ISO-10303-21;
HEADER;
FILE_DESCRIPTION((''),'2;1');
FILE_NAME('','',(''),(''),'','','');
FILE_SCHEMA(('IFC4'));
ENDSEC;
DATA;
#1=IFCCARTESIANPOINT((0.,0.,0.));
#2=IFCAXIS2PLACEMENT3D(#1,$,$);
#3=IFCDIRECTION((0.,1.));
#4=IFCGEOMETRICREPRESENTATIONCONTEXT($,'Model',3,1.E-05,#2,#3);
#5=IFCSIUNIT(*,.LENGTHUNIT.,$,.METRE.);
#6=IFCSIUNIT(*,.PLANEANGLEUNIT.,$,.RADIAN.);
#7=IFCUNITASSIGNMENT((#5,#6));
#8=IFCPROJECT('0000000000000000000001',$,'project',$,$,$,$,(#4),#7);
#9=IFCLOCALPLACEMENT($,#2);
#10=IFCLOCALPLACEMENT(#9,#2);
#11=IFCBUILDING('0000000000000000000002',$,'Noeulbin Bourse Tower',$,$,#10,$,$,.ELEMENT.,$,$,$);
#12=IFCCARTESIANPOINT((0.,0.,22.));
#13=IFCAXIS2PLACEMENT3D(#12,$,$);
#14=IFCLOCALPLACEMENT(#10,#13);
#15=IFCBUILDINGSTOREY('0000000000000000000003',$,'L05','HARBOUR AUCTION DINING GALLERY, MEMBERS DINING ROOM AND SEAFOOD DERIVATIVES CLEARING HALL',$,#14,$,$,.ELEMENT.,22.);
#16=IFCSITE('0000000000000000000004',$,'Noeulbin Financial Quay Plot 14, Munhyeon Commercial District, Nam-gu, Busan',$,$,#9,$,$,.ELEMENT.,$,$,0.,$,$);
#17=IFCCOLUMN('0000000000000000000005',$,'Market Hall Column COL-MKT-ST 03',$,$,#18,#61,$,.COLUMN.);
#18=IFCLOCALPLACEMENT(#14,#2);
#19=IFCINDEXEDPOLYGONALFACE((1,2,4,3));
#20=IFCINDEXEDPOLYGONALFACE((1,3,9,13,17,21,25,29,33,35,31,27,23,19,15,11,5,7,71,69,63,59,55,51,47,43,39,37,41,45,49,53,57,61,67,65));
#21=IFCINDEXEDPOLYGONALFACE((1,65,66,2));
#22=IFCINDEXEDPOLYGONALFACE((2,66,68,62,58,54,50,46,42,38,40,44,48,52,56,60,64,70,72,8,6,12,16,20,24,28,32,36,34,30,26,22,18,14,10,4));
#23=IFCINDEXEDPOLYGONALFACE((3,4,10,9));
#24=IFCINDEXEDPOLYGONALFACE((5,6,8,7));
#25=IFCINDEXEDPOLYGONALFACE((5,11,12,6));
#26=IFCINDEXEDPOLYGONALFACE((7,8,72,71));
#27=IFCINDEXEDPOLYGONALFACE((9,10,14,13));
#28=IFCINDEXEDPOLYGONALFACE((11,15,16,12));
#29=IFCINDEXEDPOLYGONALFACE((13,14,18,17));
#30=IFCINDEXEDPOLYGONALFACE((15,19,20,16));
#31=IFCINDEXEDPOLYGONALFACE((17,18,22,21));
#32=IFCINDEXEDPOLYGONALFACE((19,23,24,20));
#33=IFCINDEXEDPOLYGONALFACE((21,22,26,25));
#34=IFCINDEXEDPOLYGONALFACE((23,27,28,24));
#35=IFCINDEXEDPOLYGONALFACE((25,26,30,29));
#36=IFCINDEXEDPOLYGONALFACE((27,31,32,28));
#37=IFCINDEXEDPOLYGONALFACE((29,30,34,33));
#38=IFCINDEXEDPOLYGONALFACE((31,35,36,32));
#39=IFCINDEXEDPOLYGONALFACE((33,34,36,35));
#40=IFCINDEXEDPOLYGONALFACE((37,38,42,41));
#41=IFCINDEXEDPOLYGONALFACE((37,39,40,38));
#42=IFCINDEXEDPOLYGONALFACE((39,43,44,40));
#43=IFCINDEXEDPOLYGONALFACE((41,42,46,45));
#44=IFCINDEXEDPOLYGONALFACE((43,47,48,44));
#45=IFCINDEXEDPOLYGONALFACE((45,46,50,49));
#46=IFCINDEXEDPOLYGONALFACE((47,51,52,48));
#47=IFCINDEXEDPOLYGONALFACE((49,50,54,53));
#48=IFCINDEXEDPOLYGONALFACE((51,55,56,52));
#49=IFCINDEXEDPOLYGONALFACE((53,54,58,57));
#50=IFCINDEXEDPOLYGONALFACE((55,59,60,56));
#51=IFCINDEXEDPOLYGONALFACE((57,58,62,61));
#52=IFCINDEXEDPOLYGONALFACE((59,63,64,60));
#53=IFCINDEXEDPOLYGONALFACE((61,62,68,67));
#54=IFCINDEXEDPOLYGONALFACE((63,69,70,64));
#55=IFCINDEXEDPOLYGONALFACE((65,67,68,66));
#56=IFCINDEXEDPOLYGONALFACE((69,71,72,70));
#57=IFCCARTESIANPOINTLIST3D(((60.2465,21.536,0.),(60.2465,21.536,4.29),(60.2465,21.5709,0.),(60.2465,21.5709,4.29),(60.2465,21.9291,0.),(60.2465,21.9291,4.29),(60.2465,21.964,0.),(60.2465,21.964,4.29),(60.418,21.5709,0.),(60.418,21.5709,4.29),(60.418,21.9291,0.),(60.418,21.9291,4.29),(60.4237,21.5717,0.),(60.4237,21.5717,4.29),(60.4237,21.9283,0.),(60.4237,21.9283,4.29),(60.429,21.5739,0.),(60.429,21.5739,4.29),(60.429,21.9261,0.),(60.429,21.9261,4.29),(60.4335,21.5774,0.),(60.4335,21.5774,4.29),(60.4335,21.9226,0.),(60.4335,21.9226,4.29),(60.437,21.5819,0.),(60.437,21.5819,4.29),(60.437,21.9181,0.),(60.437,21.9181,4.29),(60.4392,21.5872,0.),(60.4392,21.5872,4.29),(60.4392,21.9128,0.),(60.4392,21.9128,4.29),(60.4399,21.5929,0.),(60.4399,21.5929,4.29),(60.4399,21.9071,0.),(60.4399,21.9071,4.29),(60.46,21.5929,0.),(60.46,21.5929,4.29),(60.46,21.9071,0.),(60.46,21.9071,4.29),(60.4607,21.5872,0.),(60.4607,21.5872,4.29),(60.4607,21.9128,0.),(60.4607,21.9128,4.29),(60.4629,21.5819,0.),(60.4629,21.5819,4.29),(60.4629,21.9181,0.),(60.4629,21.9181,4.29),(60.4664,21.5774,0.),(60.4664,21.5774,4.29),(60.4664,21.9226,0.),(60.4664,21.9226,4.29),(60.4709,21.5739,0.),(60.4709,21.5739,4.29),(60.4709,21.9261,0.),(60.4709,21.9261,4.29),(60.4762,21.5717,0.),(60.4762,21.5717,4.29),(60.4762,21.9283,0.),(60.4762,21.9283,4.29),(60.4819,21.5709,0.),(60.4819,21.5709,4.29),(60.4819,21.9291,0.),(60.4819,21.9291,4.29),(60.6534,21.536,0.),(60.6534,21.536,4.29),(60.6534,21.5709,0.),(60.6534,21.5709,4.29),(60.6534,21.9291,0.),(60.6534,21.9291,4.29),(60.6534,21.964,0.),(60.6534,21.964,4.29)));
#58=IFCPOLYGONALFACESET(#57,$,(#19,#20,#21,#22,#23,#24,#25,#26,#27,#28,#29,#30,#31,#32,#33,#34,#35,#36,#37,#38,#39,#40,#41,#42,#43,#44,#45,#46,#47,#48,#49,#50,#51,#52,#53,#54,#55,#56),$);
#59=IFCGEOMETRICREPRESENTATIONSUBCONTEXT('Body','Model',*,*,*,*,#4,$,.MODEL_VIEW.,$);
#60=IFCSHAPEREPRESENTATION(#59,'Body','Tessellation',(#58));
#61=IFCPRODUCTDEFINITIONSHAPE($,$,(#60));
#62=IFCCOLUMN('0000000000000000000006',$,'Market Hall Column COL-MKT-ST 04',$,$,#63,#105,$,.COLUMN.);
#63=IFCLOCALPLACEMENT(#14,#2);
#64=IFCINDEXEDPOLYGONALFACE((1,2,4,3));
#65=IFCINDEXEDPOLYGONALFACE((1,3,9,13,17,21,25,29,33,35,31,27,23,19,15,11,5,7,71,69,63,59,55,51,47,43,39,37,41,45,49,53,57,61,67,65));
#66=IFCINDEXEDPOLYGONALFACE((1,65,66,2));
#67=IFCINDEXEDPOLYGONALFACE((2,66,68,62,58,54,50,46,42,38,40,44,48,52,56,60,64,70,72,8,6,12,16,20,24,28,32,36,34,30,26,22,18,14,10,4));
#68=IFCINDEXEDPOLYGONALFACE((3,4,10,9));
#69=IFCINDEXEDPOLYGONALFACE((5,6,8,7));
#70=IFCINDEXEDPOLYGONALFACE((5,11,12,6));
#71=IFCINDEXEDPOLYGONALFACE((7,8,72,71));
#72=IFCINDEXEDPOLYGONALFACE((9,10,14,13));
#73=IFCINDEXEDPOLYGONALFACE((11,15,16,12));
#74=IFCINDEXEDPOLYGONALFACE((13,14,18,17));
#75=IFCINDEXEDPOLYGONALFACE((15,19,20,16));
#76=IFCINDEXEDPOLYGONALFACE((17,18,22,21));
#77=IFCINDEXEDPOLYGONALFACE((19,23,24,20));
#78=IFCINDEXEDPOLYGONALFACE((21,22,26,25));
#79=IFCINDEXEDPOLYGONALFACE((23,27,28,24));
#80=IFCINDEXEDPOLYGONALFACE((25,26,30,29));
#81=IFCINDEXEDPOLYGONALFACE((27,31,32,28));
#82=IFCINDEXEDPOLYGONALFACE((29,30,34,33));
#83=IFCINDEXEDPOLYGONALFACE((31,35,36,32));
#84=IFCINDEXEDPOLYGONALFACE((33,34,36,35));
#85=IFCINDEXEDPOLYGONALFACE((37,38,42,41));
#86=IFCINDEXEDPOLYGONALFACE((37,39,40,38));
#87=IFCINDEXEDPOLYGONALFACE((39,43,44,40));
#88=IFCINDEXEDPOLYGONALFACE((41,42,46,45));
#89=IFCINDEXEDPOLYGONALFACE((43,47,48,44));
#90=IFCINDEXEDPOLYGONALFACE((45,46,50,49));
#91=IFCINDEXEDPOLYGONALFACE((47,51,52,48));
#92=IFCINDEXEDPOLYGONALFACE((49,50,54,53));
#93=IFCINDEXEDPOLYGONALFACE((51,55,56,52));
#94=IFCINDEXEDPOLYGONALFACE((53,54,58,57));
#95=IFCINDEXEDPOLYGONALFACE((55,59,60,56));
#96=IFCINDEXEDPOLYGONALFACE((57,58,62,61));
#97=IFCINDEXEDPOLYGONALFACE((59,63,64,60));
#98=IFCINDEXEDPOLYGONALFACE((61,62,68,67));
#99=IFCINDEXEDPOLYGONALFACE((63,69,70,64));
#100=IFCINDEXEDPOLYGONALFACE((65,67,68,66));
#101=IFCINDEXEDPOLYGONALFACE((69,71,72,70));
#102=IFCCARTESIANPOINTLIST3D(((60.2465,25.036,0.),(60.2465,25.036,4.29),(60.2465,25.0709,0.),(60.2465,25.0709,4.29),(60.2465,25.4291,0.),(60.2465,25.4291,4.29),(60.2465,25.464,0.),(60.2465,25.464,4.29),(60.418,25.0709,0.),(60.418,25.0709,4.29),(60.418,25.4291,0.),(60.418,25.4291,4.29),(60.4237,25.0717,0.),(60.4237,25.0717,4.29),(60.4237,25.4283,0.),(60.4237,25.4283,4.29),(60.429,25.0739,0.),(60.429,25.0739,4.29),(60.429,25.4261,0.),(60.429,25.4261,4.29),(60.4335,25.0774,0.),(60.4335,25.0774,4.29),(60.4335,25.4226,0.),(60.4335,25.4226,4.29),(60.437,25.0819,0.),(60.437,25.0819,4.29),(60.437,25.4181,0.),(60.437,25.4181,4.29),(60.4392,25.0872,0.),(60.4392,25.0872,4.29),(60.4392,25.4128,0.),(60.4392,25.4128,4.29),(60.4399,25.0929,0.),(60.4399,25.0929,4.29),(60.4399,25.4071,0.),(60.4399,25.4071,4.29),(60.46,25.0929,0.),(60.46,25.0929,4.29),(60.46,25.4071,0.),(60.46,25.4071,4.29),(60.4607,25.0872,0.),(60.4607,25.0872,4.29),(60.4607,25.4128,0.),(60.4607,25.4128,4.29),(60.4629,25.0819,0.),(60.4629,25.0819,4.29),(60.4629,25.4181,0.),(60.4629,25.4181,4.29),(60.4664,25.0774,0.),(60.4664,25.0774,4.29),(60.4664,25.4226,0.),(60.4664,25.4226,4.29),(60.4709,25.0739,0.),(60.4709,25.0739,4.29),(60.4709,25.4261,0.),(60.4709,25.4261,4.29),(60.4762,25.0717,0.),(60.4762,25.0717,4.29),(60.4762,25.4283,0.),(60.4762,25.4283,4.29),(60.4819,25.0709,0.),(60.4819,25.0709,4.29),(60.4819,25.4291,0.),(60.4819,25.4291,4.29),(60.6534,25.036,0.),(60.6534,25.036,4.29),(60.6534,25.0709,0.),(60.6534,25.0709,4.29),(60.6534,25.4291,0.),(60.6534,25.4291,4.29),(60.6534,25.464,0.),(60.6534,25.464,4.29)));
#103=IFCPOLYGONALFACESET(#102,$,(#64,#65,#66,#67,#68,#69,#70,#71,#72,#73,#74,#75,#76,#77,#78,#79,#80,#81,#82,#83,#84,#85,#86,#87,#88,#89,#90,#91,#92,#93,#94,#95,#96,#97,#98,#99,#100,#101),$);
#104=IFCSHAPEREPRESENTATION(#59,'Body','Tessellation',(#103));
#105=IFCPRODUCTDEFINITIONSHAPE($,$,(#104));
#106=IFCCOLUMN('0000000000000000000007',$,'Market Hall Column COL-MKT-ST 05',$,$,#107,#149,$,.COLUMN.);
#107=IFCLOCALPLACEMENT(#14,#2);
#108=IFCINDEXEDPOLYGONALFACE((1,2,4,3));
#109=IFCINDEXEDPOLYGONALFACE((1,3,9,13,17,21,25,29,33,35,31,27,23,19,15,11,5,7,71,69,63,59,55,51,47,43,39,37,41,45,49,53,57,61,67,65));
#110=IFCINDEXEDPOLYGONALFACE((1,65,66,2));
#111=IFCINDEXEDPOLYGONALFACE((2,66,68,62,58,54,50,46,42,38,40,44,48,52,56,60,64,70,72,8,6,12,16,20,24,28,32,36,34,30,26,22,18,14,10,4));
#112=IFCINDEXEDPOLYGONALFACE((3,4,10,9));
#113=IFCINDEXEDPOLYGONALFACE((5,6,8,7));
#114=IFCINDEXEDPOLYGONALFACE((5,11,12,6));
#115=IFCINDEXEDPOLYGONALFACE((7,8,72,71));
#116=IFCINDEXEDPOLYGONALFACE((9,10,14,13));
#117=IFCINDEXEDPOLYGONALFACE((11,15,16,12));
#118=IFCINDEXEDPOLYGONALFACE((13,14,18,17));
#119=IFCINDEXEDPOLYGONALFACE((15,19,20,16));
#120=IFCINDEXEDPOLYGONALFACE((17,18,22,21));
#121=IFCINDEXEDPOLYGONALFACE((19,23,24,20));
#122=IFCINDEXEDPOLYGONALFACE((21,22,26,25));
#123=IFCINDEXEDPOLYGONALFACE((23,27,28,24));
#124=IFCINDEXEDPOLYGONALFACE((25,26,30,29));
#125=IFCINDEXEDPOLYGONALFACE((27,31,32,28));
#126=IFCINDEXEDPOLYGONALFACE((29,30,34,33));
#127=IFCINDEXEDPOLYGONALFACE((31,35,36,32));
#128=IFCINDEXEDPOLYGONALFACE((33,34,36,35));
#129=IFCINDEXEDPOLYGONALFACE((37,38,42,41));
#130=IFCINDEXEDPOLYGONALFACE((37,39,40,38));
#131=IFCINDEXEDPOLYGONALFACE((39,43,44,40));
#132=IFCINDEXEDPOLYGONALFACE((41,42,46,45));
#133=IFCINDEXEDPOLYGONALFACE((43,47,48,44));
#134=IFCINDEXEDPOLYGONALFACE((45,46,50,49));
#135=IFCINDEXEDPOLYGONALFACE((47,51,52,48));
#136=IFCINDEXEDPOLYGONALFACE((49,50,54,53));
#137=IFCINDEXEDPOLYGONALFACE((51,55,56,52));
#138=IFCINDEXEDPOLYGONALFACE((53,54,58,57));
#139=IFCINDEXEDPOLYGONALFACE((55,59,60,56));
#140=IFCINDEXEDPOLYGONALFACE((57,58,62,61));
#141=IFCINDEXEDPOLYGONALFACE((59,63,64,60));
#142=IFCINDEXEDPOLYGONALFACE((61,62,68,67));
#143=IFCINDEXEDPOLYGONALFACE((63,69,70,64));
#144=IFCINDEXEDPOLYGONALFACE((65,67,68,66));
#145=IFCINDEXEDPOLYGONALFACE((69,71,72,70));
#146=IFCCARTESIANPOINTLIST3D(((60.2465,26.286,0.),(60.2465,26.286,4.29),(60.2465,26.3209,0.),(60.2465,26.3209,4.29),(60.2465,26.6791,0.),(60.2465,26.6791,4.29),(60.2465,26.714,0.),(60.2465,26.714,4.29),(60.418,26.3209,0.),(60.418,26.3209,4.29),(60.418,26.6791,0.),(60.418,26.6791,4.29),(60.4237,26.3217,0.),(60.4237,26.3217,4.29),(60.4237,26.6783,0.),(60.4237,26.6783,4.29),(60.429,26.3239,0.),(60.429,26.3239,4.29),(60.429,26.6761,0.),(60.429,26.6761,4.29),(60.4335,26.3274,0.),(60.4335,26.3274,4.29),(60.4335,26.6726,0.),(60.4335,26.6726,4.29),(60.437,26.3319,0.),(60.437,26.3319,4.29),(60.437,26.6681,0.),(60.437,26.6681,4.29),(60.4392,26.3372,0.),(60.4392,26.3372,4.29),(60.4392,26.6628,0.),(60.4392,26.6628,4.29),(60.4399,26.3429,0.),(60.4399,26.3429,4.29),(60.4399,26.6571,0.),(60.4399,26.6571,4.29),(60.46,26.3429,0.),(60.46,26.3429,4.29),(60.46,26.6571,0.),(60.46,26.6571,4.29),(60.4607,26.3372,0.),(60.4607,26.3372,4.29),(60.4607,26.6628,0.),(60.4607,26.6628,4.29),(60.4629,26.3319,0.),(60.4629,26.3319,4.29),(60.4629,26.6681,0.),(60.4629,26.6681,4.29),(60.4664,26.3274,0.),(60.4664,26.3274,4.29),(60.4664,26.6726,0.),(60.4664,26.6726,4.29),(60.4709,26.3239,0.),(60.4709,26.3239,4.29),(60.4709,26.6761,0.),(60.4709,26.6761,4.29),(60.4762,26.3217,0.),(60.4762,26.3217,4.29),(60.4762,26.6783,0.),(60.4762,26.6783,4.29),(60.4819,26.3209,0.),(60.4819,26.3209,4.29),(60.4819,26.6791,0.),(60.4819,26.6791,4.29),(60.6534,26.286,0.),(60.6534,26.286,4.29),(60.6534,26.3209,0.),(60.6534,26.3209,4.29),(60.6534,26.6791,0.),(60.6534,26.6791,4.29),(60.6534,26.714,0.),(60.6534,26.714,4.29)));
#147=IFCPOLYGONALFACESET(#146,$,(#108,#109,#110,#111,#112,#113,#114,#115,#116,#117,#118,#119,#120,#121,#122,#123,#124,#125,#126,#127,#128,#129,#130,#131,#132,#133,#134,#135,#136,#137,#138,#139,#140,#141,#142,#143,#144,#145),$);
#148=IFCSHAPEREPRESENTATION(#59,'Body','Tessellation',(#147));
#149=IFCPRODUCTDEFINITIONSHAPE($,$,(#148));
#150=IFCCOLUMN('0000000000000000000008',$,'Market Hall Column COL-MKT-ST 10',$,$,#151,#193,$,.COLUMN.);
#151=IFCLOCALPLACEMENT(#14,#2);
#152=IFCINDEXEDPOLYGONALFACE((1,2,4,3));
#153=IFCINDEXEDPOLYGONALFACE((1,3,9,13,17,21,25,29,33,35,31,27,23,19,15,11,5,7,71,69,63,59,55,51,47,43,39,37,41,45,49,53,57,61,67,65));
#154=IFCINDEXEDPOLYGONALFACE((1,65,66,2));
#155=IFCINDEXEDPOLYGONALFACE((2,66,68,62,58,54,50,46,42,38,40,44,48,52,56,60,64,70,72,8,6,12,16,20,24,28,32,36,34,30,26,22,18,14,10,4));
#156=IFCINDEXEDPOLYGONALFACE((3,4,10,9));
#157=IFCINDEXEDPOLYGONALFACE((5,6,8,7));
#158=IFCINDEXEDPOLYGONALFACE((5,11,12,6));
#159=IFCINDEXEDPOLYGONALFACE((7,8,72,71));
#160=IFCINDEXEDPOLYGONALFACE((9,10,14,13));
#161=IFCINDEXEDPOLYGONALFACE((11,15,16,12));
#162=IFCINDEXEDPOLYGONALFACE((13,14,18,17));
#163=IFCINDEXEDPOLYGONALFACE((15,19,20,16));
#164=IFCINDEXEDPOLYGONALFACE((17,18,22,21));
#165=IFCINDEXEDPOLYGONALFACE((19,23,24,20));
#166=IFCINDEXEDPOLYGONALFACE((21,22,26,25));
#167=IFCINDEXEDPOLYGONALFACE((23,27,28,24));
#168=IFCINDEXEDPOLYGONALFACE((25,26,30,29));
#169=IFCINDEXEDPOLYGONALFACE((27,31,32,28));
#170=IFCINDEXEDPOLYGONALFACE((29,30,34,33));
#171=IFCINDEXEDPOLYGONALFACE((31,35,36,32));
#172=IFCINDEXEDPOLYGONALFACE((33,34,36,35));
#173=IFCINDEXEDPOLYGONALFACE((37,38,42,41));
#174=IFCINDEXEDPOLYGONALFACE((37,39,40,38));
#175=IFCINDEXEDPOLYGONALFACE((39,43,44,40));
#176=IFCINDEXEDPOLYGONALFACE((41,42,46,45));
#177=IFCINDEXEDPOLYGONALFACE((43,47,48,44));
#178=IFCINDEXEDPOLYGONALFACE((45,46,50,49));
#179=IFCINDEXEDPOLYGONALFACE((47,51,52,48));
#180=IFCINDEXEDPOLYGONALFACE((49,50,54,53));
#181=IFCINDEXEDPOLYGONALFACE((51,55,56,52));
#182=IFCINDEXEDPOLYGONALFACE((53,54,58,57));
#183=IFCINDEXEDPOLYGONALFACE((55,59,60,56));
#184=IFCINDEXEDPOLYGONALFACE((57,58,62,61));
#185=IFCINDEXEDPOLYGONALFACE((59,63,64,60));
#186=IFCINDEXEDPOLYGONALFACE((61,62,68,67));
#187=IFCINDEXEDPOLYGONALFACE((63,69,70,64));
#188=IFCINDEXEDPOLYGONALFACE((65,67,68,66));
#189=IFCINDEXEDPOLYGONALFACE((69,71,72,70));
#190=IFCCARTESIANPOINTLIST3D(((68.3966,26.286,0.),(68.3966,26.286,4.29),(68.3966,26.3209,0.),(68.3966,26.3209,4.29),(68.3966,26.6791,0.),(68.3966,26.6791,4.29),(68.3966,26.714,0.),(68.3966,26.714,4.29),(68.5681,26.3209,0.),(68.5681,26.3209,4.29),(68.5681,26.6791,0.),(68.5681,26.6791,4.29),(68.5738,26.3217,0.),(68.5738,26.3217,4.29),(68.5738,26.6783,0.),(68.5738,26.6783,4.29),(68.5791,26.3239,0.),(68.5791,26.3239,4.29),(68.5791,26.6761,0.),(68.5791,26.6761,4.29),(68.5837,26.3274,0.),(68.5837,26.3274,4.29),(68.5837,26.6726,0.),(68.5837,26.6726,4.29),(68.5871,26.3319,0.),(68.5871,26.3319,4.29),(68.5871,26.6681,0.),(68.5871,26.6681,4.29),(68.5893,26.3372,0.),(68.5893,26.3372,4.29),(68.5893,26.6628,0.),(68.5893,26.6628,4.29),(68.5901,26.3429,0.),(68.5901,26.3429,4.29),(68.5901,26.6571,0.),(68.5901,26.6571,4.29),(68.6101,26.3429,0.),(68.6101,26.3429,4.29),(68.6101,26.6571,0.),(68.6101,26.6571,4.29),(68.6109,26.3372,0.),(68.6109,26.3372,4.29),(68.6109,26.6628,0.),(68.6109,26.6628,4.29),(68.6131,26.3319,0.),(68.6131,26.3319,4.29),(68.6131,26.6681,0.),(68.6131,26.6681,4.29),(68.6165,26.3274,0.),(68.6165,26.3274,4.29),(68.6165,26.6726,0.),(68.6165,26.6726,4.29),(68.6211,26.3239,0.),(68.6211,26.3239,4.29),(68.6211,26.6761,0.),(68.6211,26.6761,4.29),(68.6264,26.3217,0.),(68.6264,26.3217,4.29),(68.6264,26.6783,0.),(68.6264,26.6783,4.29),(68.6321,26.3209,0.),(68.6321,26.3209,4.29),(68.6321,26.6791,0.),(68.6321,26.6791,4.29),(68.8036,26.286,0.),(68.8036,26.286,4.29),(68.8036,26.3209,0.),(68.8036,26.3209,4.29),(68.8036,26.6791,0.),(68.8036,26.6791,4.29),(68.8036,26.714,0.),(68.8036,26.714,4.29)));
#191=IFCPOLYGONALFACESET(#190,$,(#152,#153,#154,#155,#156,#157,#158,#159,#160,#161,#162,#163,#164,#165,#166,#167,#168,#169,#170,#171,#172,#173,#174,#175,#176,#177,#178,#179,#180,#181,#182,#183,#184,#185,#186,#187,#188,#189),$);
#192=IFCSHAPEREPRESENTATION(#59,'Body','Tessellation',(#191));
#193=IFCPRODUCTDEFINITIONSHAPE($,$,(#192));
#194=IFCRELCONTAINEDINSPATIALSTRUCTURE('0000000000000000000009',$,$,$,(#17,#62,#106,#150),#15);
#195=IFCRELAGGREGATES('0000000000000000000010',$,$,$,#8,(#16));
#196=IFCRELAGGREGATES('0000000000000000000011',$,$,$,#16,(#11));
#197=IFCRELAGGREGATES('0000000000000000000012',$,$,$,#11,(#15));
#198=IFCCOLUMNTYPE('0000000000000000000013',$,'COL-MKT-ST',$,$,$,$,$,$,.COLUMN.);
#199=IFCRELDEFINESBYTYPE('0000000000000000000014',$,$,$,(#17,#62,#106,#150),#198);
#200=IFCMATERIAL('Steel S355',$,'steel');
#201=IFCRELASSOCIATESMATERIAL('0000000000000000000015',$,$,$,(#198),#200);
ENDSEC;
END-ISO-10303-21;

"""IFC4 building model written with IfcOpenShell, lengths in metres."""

from ifc_helpers import new_model, si_unit, direction, frame, origin, origin_2d, place, context, subcontext, project, spatial, i_section, extrude, material, material_profile, profile_set, type_object, element, save


model = new_model("IFC4")

# Units and contexts
model_context = context("Model", 3, precision=1e-05, world=origin(), true_north=direction((0.0, 1.0)))
body_context = subcontext(model_context, "Body", "Model", "MODEL_VIEW")
ifc_project = project(units=[si_unit("LENGTHUNIT", "METRE"), si_unit("PLANEANGLEUNIT", "RADIAN")], contexts=[model_context])

# Site, building, storey
site_placement = place(None, origin())
site = spatial("IfcSite", under=ifc_project, at=site_placement, Name="Noeulbin Financial Quay Plot 14, Munhyeon Commercial District, Nam-gu, Busan", CompositionType="ELEMENT", RefElevation=0.0)
building_placement = place(site_placement, origin())
building = spatial("IfcBuilding", under=site, at=building_placement, Name="Noeulbin Bourse Tower", CompositionType="ELEMENT")
storey_placement = place(building_placement, frame((0.0, 0.0, 22.0)))
storey = spatial("IfcBuildingStorey", under=building, at=storey_placement, Name="L05", Description="HARBOUR AUCTION DINING GALLERY, MEMBERS DINING ROOM AND SEAFOOD DERIVATIVES CLEARING HALL", CompositionType="ELEMENT", Elevation=22.0)

# Columns
ifc_material_1 = material(Name="Steel S355", Category="steel")
ifc_material_profile_1 = material_profile(ifc_material_1, i_section(OverallWidth=0.407, OverallDepth=0.428, WebThickness=0.02, FlangeThickness=0.0349, FilletRadius=0.022, at=origin_2d()), Name="H-428x407x20x35", Category="LoadBearing")
ifc_profile_set_1 = profile_set([ifc_material_profile_1], Name="Steel S355")
column_type = type_object("IfcColumnType", Name="COL-MKT-ST", PredefinedType="COLUMN", material=ifc_profile_set_1)
for number, where, z_axis, x_axis, name in (
    (1, (60.45, 21.75, 0.0), (0.0, 0.0, 1.0), (1.0, 0.0, 0.0), "Market Hall Column COL-MKT-ST 03"),
    (2, (60.45, 25.25, 0.0), (0.0, 0.0, 1.0), (1.0, 0.0, 0.0), "Market Hall Column COL-MKT-ST 04"),
    (3, (60.45, 26.5, 0.0), (0.0, 0.0, 1.0), (1.0, 0.0, 0.0), "Market Hall Column COL-MKT-ST 05"),
    (4, (68.6001, 26.5, 0.0), (0.0, 0.0, 1.0), (1.0, 0.0, 0.0), "Market Hall Column COL-MKT-ST 10"),
):
    element("IfcColumn", number, at=place(storey_placement, frame(where, z_axis=z_axis, x_axis=x_axis)), inside=storey, type_object=column_type, Name=name, PredefinedType="COLUMN", context=body_context, shape_type="SweptSolid", body=[
        extrude(i_section(OverallWidth=0.407, OverallDepth=0.428, WebThickness=0.02, FlangeThickness=0.0349, FilletRadius=0.022, at=origin_2d()), origin(), (0.0, 0.0, 1.0), 4.29),
    ])

save(model, "model.ifc")
